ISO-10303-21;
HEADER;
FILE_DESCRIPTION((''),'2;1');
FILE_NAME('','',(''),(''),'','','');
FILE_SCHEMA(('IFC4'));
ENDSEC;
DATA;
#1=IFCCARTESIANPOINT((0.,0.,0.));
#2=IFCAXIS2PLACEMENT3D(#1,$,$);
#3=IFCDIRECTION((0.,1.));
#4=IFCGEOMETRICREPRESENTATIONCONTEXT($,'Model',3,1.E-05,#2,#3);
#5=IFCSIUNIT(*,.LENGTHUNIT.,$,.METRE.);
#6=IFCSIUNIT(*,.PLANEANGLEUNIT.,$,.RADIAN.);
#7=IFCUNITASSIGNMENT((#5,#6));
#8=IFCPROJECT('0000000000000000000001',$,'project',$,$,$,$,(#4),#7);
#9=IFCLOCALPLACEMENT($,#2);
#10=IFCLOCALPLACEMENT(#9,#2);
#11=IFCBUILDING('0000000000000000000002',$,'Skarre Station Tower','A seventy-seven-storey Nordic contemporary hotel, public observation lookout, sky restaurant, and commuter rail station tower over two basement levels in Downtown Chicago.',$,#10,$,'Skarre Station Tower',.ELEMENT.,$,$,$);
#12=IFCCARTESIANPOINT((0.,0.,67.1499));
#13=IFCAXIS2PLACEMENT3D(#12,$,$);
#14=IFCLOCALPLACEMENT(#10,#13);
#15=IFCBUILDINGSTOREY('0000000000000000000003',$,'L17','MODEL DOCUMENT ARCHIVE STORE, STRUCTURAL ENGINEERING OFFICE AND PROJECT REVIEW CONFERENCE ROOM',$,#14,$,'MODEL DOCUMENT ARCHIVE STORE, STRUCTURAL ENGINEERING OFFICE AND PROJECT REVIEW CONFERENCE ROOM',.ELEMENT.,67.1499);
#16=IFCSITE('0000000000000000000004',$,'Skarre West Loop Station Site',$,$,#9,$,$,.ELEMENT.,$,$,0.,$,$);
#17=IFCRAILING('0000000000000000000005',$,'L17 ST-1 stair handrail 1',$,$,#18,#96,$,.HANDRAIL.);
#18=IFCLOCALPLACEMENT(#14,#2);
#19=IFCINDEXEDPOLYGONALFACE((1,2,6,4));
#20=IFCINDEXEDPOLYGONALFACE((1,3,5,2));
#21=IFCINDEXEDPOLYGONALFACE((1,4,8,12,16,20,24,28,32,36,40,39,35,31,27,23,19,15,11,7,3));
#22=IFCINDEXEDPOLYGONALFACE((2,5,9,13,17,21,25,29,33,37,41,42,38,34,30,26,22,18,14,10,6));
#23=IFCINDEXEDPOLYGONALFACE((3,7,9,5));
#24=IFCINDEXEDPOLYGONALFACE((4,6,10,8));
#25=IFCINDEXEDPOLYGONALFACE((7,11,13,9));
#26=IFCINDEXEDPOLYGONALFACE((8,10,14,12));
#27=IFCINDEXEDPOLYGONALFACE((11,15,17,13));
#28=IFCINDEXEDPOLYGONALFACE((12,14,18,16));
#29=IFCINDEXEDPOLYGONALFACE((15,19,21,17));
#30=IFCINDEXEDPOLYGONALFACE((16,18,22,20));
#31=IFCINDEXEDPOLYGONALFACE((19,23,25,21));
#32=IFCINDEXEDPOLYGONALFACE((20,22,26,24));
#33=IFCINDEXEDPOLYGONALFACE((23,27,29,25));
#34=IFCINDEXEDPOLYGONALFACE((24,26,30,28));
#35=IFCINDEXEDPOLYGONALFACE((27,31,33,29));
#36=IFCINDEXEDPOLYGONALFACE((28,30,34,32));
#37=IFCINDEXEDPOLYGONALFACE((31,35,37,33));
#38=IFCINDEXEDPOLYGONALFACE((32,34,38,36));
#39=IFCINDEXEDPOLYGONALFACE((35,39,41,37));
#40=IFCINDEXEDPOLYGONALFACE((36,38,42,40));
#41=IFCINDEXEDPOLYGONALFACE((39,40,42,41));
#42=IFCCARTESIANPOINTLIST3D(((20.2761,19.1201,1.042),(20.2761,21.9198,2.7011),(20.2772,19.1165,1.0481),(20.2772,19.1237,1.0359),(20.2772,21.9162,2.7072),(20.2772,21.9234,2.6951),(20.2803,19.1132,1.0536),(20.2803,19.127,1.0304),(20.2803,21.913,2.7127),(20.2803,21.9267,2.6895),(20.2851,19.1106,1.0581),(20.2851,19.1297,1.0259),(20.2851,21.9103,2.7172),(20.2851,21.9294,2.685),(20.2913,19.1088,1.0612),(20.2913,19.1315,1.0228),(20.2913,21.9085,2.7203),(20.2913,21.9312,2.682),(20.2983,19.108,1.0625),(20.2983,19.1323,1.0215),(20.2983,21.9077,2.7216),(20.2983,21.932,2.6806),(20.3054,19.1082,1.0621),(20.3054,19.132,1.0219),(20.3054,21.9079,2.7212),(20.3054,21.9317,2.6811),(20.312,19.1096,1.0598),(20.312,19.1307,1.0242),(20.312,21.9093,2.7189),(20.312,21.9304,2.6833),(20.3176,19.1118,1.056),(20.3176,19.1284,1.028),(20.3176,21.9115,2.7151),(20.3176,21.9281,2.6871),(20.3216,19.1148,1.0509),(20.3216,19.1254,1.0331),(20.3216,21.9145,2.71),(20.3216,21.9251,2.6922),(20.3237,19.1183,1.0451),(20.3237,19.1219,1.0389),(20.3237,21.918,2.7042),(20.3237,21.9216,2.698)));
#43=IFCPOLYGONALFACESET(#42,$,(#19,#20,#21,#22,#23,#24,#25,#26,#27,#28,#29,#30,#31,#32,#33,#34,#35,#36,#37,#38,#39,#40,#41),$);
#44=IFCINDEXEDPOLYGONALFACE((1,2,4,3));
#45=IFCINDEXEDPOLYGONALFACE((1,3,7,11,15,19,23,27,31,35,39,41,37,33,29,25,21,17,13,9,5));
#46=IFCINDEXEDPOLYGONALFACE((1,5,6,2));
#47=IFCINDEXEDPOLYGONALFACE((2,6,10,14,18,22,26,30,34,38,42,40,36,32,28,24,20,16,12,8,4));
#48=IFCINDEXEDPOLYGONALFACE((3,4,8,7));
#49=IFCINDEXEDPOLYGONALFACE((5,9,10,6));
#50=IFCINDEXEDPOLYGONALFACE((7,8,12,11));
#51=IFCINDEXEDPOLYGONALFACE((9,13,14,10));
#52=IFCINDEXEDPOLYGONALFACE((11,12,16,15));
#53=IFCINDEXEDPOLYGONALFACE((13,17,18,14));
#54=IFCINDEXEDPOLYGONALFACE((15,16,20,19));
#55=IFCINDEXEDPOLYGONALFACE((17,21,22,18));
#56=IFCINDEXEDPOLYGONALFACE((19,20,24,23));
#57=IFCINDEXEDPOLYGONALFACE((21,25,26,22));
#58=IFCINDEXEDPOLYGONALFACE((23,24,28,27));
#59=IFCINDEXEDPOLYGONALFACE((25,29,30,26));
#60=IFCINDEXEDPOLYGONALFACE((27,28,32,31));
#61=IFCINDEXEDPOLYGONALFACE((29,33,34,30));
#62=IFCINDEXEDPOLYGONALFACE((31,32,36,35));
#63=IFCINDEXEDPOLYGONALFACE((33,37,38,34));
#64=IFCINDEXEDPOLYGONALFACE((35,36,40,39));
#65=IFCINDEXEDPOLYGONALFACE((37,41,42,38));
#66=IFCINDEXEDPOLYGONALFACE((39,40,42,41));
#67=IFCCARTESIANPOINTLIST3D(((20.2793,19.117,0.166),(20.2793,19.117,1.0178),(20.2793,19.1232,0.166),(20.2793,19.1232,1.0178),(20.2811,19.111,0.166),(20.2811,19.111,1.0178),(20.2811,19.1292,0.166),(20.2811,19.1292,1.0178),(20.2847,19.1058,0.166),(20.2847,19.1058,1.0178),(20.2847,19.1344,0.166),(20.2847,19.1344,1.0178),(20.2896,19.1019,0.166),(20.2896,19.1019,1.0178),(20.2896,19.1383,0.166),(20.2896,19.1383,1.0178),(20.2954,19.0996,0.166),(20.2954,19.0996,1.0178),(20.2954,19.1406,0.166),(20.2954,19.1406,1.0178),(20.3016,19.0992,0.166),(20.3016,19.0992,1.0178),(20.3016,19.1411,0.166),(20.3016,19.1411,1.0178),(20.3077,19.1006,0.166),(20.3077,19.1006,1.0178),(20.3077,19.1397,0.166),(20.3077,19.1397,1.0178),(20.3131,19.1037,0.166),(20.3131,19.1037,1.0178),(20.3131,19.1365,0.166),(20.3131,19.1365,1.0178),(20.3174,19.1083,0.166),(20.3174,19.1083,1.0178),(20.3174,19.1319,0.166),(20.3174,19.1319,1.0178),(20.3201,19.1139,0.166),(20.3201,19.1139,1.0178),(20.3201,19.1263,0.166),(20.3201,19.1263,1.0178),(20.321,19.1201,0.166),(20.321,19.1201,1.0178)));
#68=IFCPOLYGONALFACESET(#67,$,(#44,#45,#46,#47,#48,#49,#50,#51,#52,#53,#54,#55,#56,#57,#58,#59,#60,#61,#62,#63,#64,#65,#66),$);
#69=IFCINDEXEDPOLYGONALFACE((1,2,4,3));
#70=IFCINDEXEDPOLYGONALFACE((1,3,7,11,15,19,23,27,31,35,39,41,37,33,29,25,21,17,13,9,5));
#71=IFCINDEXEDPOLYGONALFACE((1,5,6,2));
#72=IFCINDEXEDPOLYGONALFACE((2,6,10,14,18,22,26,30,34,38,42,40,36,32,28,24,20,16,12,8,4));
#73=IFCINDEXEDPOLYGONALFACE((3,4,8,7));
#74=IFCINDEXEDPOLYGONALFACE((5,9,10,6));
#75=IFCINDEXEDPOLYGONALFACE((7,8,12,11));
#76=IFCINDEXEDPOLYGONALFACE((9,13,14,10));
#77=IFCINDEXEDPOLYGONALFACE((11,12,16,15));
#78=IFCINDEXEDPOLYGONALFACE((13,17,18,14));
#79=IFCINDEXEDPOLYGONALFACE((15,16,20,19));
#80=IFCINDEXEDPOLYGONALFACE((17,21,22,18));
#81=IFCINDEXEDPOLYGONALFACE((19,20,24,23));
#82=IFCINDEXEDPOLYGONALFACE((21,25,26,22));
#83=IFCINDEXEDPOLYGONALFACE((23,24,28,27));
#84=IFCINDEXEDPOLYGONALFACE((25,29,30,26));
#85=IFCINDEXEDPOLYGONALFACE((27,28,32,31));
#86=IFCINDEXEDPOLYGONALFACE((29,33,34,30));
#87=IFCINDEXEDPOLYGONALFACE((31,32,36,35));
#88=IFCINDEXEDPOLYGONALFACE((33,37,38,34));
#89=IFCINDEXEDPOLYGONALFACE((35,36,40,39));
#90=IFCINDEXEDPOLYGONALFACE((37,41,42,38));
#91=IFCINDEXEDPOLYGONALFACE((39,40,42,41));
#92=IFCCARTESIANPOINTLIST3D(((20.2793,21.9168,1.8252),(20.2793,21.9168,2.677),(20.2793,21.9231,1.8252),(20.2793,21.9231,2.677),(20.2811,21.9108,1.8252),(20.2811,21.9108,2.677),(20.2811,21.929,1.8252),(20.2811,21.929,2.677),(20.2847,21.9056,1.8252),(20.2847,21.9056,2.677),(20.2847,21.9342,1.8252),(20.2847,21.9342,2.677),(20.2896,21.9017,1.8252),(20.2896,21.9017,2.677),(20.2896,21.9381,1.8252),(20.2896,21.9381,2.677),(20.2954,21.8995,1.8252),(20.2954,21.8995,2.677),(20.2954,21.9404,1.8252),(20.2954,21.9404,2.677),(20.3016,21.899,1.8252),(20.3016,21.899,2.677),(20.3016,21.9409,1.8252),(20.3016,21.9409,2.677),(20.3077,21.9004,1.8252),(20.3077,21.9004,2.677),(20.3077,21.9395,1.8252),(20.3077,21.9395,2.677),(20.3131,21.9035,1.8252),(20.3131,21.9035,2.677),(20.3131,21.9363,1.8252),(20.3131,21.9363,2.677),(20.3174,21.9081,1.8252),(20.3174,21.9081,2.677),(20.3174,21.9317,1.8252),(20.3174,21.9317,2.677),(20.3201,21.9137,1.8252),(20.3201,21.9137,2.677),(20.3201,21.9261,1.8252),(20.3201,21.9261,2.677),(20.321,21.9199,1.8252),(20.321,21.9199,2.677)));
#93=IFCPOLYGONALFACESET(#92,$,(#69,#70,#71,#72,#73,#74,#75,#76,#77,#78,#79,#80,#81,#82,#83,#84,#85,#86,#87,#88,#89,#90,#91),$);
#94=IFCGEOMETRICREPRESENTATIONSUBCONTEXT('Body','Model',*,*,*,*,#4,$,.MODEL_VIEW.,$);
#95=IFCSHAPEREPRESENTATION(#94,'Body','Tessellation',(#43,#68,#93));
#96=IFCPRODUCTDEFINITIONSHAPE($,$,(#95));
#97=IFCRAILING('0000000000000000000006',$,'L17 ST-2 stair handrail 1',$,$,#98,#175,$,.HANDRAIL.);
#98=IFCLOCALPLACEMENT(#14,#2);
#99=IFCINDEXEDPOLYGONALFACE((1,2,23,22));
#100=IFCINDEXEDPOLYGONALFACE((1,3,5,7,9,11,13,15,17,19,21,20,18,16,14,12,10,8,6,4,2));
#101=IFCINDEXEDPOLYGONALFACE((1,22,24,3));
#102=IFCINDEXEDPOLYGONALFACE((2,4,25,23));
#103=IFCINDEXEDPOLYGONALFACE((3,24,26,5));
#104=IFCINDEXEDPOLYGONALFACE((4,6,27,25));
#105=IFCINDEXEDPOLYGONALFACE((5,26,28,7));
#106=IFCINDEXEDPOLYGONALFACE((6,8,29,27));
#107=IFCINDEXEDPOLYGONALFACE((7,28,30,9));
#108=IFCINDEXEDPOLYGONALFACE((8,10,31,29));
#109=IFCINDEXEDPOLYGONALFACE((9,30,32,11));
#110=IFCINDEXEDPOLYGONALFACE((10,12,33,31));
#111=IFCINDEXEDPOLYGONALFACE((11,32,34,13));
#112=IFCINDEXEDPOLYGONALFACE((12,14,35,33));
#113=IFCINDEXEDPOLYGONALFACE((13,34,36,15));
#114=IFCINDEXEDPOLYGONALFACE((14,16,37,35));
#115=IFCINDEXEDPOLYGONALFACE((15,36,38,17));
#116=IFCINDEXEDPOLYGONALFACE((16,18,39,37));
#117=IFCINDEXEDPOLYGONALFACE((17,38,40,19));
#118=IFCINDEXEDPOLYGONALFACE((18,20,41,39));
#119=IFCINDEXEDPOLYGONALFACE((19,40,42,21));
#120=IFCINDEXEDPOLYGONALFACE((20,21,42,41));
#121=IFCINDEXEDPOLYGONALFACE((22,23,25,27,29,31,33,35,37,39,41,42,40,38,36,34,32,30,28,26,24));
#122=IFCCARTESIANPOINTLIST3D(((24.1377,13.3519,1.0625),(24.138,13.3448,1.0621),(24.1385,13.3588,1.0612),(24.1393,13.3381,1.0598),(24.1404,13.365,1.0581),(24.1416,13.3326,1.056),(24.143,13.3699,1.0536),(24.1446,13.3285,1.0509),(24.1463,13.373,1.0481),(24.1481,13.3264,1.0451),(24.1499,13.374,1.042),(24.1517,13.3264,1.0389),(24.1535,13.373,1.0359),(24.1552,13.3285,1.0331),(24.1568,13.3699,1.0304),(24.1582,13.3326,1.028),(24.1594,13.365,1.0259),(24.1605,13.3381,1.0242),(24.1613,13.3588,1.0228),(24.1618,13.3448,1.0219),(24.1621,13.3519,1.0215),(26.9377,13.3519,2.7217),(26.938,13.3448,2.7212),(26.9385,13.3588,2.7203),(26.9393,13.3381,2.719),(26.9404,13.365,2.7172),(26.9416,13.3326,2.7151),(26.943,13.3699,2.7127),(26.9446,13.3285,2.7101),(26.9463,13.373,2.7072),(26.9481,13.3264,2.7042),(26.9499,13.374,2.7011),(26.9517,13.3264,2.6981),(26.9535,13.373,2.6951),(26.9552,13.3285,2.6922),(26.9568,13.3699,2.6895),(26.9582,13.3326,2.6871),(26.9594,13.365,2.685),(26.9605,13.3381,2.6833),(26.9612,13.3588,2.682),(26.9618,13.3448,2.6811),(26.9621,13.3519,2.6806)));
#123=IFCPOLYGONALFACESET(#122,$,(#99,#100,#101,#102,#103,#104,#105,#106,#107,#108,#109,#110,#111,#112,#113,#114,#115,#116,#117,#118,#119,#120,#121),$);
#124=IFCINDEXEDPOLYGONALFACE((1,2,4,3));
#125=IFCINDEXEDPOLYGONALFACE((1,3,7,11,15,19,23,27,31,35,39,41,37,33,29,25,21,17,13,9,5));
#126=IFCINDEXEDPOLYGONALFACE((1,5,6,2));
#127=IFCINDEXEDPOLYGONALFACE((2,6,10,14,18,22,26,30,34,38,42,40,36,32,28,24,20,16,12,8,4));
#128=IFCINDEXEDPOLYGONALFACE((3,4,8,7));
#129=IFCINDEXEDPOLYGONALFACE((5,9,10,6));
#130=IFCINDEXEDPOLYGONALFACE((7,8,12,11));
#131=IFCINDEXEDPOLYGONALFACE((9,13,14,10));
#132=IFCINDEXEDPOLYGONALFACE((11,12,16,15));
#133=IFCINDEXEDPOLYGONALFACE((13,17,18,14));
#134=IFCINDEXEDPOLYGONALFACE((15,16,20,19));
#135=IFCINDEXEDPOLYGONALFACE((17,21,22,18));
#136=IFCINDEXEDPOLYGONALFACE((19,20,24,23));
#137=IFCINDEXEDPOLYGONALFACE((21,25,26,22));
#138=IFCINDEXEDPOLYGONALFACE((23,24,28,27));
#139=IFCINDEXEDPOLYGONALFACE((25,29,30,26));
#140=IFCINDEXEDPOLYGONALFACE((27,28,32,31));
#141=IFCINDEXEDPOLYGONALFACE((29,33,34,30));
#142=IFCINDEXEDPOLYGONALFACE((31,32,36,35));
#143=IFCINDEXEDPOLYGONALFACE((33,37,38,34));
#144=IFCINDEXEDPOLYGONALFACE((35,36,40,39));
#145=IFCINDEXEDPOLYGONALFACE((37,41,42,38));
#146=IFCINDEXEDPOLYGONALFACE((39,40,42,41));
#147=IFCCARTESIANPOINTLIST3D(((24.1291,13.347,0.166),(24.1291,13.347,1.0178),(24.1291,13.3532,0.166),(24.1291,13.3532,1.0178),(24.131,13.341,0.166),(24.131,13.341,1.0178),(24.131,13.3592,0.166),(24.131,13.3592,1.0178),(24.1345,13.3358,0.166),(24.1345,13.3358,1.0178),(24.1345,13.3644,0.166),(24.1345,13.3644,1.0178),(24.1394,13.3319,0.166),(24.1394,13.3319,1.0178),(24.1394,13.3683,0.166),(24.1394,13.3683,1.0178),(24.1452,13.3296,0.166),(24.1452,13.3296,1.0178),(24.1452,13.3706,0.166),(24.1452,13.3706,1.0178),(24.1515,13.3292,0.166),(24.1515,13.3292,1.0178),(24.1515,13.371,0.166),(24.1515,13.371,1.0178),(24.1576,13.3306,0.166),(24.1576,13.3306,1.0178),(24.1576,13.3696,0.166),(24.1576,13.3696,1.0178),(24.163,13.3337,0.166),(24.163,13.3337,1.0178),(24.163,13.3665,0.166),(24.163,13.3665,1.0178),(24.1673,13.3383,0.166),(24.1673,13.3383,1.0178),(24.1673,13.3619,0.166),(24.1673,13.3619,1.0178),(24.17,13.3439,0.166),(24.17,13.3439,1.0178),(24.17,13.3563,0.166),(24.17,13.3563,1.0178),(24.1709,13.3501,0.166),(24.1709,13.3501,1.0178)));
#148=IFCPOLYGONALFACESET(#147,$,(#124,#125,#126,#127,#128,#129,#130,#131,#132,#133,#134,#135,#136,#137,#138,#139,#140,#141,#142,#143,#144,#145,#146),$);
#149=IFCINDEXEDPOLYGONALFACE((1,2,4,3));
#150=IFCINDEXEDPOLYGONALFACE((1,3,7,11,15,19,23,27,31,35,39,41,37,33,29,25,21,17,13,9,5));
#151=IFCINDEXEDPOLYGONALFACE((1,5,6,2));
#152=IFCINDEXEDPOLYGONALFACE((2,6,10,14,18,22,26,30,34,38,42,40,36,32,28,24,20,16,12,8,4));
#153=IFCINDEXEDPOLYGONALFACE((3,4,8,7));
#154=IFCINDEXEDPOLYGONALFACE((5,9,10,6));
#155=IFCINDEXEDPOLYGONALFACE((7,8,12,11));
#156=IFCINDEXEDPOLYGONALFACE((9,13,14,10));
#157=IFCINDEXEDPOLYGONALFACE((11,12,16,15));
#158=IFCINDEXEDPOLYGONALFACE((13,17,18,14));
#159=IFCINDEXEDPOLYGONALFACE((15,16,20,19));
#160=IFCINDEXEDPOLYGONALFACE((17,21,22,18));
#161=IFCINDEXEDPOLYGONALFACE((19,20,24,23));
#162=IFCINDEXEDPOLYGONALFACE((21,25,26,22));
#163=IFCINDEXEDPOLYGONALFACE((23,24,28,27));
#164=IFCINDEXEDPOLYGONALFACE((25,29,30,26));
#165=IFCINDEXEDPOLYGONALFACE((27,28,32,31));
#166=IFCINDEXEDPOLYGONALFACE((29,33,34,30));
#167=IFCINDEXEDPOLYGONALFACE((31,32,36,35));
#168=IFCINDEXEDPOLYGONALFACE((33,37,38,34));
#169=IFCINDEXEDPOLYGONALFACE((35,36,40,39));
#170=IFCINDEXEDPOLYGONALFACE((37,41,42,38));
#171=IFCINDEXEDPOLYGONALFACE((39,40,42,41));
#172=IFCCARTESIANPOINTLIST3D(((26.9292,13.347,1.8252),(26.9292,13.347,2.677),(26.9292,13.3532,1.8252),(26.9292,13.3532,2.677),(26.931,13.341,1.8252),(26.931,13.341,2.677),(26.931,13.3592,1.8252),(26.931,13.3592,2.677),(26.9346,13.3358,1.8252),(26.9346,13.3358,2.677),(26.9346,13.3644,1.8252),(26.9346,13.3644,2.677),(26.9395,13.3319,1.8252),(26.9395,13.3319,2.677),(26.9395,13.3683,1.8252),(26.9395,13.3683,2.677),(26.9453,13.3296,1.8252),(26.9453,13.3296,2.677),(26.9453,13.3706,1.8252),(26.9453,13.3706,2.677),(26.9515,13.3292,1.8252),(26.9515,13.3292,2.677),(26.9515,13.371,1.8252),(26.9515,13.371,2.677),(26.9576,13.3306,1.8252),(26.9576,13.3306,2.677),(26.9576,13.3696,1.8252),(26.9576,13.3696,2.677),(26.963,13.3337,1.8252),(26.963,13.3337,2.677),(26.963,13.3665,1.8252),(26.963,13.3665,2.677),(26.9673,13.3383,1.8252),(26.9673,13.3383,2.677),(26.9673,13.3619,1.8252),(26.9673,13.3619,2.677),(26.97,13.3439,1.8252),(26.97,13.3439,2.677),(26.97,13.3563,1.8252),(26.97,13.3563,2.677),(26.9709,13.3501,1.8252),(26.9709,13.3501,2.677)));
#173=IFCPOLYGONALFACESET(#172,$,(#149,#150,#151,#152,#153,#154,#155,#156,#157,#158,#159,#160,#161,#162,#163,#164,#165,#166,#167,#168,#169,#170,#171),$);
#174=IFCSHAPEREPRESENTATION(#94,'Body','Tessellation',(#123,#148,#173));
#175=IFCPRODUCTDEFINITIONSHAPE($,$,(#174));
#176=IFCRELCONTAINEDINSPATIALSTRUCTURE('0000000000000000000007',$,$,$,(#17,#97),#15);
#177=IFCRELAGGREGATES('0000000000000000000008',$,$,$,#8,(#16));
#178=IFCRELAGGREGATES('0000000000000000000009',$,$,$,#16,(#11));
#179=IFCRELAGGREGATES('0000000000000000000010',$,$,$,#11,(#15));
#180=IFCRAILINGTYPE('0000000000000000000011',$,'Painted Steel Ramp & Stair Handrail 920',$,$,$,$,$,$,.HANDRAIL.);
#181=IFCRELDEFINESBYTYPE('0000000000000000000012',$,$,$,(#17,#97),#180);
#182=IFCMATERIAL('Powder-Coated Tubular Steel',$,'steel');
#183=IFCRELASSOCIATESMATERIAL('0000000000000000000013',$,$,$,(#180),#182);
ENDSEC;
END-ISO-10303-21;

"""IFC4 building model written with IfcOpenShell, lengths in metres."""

from ifc_helpers import new_model, si_unit, direction, frame, origin, origin_2d, place, context, subcontext, project, spatial, circle, extrude, material, type_object, element, save


model = new_model("IFC4")

# Units and contexts
model_context = context("Model", 3, precision=1e-05, world=origin(), true_north=direction((0.0, 1.0)))
body_context = subcontext(model_context, "Body", "Model", "MODEL_VIEW")
ifc_project = project(units=[si_unit("LENGTHUNIT", "METRE"), si_unit("PLANEANGLEUNIT", "RADIAN")], contexts=[model_context])

# Site, building, storey
site_placement = place(None, origin())
site = spatial("IfcSite", under=ifc_project, at=site_placement, Name="Skarre West Loop Station Site", CompositionType="ELEMENT", RefElevation=0.0)
building_placement = place(site_placement, origin())
building = spatial("IfcBuilding", under=site, at=building_placement, Name="Skarre Station Tower", Description="A seventy-seven-storey Nordic contemporary hotel, public observation lookout, sky restaurant, and commuter rail station tower over two basement levels in Downtown Chicago.", LongName="Skarre Station Tower", CompositionType="ELEMENT")
storey_placement = place(building_placement, frame((0.0, 0.0, 67.1499)))
storey = spatial("IfcBuildingStorey", under=building, at=storey_placement, Name="L17", Description="MODEL DOCUMENT ARCHIVE STORE, STRUCTURAL ENGINEERING OFFICE AND PROJECT REVIEW CONFERENCE ROOM", LongName="MODEL DOCUMENT ARCHIVE STORE, STRUCTURAL ENGINEERING OFFICE AND PROJECT REVIEW CONFERENCE ROOM", CompositionType="ELEMENT", Elevation=67.1499)

# Railings
ifc_material_1 = material(Name="Powder-Coated Tubular Steel", Category="steel")
railing_type_1 = type_object("IfcRailingType", Name="Painted Steel Ramp & Stair Handrail 920", PredefinedType="HANDRAIL", material=ifc_material_1)
railing_1_placement = place(storey_placement, frame((20.3, 19.1201, 0.166)))
element("IfcRailing", 1, at=railing_1_placement, inside=storey, type_object=railing_type_1, Name="L17 ST-1 stair handrail 1", PredefinedType="HANDRAIL", context=body_context, shape_type="SweptSolid", body=[
    extrude(circle(Radius=0.0239, at=origin_2d()), frame((0.0, 0.0, 0.876), z_axis=(0.0, 0.860287, 0.509811), x_axis=(-1.0, 0.0, 0.0)), (0.0, 0.0, 1.0), 3.2544),
    extrude(circle(Radius=0.021, at=origin_2d()), origin(), (0.0, 0.0, 1.0), 0.8518),
    extrude(circle(Radius=0.021, at=origin_2d()), frame((0.0, 2.7998, 1.6592)), (0.0, 0.0, 1.0), 0.8518),
])
railing_2_placement = place(storey_placement, frame((24.1499, 13.3501, 0.166)))
element("IfcRailing", 2, at=railing_2_placement, inside=storey, type_object=railing_type_1, Name="L17 ST-2 stair handrail 1", PredefinedType="HANDRAIL", context=body_context, shape_type="SweptSolid", body=[
    extrude(circle(Radius=0.0239, at=origin_2d()), frame((0.0, 0.0, 0.876), z_axis=(0.860306, 0.0, 0.509778), x_axis=(0.0, 1.0, 0.0)), (0.0, 0.0, 1.0), 3.2546),
    extrude(circle(Radius=0.021, at=origin_2d()), origin(), (0.0, 0.0, 1.0), 0.8518),
    extrude(circle(Radius=0.021, at=origin_2d()), frame((2.8, 0.0, 1.6592)), (0.0, 0.0, 1.0), 0.8518),
])

save(model, "model.ifc")
